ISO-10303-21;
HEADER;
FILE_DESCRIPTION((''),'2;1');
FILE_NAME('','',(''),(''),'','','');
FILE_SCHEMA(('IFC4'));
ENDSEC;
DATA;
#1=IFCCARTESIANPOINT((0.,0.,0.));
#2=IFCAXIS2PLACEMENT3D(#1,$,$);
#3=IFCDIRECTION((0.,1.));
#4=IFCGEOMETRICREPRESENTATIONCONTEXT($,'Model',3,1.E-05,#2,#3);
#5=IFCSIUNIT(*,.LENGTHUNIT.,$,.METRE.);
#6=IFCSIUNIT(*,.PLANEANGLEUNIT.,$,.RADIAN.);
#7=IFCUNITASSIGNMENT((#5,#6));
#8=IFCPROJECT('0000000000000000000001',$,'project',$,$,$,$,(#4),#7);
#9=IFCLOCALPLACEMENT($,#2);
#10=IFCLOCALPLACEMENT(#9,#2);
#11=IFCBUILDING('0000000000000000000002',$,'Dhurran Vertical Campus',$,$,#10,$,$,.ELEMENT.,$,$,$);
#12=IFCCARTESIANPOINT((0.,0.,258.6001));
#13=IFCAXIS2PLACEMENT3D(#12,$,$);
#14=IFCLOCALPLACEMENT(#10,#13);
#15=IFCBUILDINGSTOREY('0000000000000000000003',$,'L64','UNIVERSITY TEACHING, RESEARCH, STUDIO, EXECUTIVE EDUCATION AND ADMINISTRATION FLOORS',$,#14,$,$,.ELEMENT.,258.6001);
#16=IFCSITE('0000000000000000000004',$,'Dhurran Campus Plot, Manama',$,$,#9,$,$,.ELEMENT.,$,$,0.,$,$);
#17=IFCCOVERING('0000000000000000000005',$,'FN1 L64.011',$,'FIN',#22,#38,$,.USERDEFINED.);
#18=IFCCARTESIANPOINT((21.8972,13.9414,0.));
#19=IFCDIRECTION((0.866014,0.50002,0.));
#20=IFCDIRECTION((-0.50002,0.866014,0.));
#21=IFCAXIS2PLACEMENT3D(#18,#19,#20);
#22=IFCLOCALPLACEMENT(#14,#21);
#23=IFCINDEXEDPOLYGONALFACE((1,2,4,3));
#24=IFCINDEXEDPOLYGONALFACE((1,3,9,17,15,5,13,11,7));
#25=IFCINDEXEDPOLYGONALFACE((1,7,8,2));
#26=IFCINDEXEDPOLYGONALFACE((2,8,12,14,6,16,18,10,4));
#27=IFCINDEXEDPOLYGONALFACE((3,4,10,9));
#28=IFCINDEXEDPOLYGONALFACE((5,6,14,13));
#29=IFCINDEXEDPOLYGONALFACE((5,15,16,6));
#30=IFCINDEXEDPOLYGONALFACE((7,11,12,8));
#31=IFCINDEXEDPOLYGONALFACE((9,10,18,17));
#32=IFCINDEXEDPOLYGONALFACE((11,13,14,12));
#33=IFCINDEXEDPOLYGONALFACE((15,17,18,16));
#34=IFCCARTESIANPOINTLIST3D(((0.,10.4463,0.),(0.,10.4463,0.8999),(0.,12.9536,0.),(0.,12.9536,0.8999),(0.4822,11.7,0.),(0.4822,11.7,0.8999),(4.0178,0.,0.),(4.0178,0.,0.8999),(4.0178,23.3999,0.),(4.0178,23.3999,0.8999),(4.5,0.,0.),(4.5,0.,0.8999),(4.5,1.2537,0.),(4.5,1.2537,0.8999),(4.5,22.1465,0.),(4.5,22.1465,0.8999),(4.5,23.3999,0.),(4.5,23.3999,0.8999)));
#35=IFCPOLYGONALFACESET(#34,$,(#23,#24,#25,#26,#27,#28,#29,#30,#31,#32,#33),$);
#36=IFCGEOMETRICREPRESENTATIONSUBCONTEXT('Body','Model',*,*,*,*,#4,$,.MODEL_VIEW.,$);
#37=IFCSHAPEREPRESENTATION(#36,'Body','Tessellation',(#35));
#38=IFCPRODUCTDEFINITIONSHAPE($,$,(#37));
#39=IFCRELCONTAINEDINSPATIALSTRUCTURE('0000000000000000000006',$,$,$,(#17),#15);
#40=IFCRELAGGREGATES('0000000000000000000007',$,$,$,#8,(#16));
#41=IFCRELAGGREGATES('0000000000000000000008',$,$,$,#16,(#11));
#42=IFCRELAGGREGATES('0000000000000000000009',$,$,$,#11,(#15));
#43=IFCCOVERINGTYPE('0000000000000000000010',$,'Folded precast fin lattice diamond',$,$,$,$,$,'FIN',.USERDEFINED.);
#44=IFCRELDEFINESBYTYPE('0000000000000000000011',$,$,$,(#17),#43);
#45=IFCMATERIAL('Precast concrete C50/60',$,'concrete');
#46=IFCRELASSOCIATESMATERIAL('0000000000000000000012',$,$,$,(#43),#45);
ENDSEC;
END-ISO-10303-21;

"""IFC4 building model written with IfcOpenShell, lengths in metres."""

from ifc_helpers import new_model, si_unit, direction, frame, origin, place, context, subcontext, project, spatial, polyline, outline, extrude, material, type_object, element, save


model = new_model("IFC4")

# Units and contexts
model_context = context("Model", 3, precision=1e-05, world=origin(), true_north=direction((0.0, 1.0)))
body_context = subcontext(model_context, "Body", "Model", "MODEL_VIEW")
ifc_project = project(units=[si_unit("LENGTHUNIT", "METRE"), si_unit("PLANEANGLEUNIT", "RADIAN")], contexts=[model_context])

# Site, building, storey
site_placement = place(None, origin())
site = spatial("IfcSite", under=ifc_project, at=site_placement, Name="Dhurran Campus Plot, Manama", CompositionType="ELEMENT", RefElevation=0.0)
building_placement = place(site_placement, origin())
building = spatial("IfcBuilding", under=site, at=building_placement, Name="Dhurran Vertical Campus", CompositionType="ELEMENT")
storey_placement = place(building_placement, frame((0.0, 0.0, 258.6001)))
storey = spatial("IfcBuildingStorey", under=building, at=storey_placement, Name="L64", Description="UNIVERSITY TEACHING, RESEARCH, STUDIO, EXECUTIVE EDUCATION AND ADMINISTRATION FLOORS", CompositionType="ELEMENT", Elevation=258.6001)

# Covering
ifc_material_1 = material(Name="Precast concrete C50/60", Category="concrete")
covering_type = type_object("IfcCoveringType", Name="Folded precast fin lattice diamond", ElementType="FIN", PredefinedType="USERDEFINED", material=ifc_material_1)
covering_1_placement = place(storey_placement, frame((21.8972, 13.9414, 0.0), z_axis=(0.866014, 0.50002, 0.0), x_axis=(-0.50002, 0.866014, 0.0)))
element("IfcCovering", 1, at=covering_1_placement, inside=storey, type_object=covering_type, Name="FN1 L64.011", ObjectType="FIN", PredefinedType="USERDEFINED", context=body_context, shape_type="SweptSolid", body=[
    extrude(outline(polyline([(4.0178, 0.0), (0.0, 10.4463), (0.0, 12.9536), (4.0178, 23.3999), (4.5, 23.3999), (4.5, 22.1465), (0.4822, 11.7), (4.5, 1.2537), (4.5, 0.0), (4.0178, 0.0)])), origin(), (0.0, 0.0, 1.0), 0.8999),
])

save(model, "model.ifc")
